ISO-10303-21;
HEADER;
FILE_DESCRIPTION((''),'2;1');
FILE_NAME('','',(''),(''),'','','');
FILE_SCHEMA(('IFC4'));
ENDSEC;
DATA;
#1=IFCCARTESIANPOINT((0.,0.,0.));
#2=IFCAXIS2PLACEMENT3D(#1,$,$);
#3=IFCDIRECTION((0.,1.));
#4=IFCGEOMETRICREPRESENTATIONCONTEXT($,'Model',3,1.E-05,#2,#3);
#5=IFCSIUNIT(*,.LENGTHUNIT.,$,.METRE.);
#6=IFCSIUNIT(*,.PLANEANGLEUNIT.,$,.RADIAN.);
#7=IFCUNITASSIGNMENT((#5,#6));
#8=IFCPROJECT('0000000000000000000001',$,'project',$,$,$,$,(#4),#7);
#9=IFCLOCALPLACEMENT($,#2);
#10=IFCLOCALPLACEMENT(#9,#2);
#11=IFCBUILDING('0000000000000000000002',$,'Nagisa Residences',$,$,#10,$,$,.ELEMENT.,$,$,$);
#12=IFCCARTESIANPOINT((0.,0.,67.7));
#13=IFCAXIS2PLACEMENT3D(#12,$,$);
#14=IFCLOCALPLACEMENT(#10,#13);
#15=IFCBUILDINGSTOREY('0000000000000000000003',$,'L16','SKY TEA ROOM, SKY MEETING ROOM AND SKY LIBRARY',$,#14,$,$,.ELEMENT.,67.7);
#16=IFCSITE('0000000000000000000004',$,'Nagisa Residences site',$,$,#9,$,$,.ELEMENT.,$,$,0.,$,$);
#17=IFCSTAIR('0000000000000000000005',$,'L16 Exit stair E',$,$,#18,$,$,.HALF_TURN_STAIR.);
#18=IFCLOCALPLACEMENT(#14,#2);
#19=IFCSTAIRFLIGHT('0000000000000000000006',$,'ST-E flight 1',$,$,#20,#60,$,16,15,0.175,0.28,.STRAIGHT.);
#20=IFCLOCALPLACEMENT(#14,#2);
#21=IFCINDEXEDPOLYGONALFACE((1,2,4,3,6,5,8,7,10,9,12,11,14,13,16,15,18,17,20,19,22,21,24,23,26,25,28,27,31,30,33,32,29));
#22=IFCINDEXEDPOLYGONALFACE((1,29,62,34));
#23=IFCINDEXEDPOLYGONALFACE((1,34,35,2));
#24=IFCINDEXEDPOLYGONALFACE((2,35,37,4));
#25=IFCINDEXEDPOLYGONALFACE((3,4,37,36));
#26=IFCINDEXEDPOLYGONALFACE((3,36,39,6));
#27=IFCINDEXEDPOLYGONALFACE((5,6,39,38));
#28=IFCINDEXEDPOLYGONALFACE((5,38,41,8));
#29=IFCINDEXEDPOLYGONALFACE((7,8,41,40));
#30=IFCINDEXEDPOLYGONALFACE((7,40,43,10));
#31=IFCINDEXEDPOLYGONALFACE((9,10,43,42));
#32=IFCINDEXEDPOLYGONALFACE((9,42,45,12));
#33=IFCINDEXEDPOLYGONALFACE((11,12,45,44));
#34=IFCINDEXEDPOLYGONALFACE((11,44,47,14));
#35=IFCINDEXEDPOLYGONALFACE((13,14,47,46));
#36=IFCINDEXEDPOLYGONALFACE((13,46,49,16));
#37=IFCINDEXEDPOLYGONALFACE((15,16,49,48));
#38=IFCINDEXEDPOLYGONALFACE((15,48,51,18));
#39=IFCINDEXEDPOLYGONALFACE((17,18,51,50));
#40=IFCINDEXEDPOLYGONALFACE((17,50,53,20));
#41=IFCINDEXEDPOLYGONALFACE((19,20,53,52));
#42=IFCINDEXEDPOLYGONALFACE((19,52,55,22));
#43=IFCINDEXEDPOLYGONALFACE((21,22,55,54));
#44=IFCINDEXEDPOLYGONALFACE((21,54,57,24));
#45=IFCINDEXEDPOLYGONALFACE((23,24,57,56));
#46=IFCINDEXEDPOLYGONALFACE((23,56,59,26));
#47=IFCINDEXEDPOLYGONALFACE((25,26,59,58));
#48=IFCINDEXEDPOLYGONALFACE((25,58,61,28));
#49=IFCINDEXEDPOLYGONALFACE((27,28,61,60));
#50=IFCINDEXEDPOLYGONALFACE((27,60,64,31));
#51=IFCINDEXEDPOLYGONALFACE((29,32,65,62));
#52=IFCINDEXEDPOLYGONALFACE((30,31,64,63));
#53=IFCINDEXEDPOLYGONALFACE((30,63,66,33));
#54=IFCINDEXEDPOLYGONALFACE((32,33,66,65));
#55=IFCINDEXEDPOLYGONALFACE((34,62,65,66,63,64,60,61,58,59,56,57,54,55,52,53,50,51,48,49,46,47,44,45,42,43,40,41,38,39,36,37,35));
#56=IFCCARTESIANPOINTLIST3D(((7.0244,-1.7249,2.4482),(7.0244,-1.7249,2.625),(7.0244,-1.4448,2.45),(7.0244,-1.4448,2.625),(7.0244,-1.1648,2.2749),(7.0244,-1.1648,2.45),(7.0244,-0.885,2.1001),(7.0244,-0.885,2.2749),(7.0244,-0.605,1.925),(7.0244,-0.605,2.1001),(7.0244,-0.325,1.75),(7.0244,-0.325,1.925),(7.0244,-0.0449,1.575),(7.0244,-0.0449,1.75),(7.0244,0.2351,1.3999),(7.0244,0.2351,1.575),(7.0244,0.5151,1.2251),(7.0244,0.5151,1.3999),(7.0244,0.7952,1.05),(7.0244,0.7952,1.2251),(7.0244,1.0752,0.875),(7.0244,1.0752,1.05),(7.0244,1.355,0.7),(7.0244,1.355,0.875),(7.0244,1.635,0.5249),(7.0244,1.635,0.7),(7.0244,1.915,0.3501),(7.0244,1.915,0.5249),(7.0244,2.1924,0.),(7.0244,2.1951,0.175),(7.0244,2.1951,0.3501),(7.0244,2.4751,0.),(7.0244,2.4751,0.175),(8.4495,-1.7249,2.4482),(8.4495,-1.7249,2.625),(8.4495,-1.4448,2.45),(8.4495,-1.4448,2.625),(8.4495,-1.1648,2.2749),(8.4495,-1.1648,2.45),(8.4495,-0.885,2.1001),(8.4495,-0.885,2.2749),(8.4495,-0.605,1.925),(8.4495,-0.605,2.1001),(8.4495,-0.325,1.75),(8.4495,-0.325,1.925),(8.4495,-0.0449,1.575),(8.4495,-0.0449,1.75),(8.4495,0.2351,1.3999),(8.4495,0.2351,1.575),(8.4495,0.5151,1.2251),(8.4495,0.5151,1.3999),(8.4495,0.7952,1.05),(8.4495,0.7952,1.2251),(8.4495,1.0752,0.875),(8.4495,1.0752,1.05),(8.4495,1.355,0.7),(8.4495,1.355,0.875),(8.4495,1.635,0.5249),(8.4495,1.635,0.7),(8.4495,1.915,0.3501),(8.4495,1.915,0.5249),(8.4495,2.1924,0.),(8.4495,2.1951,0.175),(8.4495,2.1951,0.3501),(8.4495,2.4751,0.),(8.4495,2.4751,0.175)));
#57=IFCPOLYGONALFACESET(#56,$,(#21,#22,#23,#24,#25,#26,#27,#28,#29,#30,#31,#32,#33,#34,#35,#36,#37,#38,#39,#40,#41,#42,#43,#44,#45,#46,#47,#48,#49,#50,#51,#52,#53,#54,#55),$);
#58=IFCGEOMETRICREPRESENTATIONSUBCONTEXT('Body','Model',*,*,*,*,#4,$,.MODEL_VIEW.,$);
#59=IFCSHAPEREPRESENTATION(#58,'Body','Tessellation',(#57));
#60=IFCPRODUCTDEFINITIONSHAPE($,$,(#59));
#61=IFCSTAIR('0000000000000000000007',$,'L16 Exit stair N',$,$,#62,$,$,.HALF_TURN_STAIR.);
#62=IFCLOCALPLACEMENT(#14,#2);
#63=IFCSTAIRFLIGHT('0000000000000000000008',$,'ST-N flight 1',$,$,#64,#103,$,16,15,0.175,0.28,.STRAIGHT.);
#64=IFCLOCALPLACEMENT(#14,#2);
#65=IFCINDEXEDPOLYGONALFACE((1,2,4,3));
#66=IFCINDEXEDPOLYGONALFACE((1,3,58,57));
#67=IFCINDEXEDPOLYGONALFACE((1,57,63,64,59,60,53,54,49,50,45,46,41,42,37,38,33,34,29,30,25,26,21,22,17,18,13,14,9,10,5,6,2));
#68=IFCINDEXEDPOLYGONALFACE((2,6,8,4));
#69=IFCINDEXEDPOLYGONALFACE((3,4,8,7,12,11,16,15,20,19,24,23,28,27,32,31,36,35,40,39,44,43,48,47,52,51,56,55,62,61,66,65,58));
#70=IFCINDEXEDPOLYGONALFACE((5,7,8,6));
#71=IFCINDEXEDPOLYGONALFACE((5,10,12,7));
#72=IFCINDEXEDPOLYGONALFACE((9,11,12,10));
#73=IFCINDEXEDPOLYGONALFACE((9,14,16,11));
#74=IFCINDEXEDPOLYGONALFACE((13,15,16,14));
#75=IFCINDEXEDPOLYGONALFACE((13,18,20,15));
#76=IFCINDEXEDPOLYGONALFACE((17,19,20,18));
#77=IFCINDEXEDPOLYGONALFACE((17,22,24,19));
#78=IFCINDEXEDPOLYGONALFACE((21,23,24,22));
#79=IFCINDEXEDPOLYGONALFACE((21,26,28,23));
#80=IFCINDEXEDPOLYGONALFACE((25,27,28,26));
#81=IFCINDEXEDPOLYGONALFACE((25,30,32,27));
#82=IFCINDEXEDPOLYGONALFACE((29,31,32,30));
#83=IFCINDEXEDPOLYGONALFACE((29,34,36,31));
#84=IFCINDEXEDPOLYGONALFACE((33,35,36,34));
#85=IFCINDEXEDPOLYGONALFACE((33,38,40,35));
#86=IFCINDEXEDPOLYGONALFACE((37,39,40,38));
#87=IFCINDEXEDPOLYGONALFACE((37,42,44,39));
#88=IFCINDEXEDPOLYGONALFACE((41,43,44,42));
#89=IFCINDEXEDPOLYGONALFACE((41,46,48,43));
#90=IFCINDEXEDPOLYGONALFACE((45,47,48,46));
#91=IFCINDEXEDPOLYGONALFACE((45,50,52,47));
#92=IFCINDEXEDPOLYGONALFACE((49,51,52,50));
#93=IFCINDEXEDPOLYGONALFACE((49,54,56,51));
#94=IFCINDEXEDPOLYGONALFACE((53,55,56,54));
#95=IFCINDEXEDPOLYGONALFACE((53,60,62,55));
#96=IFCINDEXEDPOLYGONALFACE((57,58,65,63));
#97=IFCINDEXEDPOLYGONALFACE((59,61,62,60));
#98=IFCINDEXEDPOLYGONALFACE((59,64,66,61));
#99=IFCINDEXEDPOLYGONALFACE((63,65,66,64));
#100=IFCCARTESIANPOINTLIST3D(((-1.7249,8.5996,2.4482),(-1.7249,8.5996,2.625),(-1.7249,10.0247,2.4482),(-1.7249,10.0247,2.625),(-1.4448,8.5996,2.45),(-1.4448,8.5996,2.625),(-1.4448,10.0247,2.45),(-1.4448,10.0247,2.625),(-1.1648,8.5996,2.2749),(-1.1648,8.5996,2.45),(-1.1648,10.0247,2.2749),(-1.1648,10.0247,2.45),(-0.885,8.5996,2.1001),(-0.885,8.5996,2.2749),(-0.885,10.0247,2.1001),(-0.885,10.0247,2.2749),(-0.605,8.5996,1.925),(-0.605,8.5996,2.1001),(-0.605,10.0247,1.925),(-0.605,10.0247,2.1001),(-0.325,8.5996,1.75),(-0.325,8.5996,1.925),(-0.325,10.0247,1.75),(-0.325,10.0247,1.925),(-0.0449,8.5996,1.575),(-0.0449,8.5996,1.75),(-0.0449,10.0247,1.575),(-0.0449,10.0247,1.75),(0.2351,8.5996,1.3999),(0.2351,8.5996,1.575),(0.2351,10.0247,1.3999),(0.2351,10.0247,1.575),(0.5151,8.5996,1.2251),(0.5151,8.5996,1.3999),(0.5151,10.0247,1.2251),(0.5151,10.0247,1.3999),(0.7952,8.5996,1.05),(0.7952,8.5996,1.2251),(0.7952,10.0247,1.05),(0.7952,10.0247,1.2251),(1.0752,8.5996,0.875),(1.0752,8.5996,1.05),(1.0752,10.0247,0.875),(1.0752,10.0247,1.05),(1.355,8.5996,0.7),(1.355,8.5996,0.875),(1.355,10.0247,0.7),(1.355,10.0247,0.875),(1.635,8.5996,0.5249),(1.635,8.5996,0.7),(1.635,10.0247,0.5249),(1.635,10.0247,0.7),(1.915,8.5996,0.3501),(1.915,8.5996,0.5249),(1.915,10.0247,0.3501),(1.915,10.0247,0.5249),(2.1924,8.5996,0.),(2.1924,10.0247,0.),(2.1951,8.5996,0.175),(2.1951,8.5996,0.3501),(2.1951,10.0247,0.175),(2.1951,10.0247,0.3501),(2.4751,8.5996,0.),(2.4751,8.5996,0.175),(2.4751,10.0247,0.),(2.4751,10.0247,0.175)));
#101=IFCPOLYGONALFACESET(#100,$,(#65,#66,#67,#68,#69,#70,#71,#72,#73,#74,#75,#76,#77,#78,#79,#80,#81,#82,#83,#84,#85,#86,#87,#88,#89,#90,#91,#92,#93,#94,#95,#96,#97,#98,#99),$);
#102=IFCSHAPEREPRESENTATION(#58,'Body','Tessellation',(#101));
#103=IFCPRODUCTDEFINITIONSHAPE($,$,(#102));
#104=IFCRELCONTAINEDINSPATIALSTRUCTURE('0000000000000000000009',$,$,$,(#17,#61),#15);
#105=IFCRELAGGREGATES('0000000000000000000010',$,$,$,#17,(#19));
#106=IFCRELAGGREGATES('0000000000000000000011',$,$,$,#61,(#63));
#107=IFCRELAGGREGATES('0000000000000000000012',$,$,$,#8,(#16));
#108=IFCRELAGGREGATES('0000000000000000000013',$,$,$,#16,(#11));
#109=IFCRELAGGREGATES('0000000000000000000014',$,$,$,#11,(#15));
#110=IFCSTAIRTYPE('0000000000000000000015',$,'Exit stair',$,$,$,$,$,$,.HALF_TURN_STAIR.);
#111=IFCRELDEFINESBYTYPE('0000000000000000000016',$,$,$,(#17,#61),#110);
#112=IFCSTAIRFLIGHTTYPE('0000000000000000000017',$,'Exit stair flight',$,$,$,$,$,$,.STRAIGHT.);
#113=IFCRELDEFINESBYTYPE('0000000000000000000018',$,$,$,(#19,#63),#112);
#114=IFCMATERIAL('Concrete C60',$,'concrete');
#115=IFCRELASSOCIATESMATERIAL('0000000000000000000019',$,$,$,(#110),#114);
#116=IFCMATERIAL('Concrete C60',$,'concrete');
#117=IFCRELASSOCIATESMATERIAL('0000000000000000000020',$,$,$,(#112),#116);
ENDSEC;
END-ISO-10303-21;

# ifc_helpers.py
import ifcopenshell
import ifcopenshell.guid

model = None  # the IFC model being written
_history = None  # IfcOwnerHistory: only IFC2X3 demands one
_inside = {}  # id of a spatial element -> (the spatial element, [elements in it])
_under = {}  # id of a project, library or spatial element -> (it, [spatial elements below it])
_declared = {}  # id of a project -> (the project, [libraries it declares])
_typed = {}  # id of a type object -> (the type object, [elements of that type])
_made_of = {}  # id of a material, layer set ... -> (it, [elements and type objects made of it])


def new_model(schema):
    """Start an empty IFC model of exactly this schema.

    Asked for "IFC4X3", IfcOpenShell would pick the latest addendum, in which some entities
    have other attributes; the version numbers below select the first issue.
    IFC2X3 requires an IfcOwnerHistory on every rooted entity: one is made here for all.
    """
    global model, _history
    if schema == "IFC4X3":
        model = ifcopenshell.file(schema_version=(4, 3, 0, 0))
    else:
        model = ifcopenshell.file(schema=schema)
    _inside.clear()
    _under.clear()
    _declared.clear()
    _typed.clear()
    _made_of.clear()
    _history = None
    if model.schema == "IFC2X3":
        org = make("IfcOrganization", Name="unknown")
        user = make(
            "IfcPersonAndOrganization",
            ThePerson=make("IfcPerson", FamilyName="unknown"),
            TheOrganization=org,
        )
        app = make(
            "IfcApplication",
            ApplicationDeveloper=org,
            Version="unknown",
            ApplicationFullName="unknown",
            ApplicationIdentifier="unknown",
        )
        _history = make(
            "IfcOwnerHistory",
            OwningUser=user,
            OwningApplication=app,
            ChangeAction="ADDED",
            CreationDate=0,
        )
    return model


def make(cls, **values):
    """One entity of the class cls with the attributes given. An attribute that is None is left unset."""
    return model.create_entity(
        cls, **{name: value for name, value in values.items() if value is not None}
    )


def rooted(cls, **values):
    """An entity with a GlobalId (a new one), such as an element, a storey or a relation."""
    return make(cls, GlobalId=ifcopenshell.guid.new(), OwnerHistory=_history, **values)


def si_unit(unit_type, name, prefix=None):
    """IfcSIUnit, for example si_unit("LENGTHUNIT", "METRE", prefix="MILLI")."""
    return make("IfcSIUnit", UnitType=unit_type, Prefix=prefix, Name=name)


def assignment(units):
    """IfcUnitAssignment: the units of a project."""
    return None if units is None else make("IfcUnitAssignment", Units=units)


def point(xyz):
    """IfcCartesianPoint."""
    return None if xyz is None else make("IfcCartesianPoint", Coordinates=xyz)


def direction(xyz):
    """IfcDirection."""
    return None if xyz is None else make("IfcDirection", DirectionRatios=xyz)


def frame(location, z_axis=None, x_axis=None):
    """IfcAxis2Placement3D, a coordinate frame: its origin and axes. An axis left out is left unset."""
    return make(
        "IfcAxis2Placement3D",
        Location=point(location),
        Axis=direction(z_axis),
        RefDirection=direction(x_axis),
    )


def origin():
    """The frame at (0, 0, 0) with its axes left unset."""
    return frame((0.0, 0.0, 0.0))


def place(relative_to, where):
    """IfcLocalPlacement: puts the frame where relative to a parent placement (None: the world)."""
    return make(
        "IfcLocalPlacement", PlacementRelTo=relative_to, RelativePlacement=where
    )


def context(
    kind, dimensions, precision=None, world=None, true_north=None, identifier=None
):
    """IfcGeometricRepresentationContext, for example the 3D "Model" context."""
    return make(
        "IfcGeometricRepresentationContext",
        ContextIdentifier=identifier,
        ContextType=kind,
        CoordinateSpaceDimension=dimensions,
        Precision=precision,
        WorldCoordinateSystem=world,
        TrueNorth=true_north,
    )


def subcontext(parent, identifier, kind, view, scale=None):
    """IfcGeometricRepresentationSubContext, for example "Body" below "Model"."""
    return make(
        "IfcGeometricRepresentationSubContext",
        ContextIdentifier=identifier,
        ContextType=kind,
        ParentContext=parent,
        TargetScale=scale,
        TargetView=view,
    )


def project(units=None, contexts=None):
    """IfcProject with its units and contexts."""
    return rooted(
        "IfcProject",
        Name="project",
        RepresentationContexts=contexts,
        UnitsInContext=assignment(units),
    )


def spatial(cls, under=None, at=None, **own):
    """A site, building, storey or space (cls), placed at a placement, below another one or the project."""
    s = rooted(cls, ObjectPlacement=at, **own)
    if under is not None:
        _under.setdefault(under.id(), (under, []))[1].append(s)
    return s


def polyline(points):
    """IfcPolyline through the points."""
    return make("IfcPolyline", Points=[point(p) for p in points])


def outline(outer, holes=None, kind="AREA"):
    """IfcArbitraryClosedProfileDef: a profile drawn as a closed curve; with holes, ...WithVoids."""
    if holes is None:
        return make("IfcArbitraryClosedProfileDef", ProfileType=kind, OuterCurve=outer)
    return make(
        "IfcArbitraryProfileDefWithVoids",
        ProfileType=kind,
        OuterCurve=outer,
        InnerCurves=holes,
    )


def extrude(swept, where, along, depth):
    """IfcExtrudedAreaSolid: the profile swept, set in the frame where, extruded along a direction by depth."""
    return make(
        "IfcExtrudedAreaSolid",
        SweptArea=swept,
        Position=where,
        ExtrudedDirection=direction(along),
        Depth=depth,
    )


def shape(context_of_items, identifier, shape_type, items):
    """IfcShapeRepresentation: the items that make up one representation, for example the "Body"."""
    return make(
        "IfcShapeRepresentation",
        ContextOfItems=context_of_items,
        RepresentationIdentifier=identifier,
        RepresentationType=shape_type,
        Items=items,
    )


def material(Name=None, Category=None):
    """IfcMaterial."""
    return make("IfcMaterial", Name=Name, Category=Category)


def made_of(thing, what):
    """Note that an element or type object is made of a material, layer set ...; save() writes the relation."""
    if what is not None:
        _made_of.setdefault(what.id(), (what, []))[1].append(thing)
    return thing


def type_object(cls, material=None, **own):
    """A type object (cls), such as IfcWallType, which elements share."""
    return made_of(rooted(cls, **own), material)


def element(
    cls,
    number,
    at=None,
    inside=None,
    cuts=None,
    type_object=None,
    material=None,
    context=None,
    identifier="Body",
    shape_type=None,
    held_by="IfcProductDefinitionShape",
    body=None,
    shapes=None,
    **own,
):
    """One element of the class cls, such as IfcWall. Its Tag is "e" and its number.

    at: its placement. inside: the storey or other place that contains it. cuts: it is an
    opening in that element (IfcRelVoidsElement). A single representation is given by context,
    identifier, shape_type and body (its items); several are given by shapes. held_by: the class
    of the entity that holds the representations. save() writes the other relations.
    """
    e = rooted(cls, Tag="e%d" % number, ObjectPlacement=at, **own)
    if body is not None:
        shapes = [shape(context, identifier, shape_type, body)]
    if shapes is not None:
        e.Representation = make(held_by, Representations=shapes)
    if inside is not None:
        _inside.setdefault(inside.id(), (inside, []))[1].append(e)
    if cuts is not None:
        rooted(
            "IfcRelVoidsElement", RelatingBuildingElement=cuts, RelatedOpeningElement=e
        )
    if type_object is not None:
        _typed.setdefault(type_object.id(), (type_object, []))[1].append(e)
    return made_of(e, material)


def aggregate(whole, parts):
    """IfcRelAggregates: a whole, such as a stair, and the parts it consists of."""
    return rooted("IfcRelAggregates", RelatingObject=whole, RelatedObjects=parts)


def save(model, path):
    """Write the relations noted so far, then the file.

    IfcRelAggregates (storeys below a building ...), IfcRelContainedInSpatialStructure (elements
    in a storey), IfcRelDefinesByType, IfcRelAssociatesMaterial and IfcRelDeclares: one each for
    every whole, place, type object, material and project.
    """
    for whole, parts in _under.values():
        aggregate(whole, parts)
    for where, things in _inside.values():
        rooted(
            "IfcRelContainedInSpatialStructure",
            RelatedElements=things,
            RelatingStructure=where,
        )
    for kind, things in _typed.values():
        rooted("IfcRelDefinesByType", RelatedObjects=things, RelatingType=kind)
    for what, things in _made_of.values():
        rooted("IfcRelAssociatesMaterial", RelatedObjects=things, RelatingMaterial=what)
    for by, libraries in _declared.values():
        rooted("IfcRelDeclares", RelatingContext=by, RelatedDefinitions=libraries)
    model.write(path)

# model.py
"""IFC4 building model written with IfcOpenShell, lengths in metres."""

from ifc_helpers import new_model, si_unit, direction, frame, origin, place, context, subcontext, project, spatial, polyline, outline, extrude, material, type_object, element, aggregate, save


model = new_model("IFC4")

# Units and contexts
model_context = context("Model", 3, precision=1e-05, world=origin(), true_north=direction((0.0, 1.0)))
body_context = subcontext(model_context, "Body", "Model", "MODEL_VIEW")
ifc_project = project(units=[si_unit("LENGTHUNIT", "METRE"), si_unit("PLANEANGLEUNIT", "RADIAN")], contexts=[model_context])

# Site, building, storey
site_placement = place(None, origin())
site = spatial("IfcSite", under=ifc_project, at=site_placement, Name="Nagisa Residences site", CompositionType="ELEMENT", RefElevation=0.0)
building_placement = place(site_placement, origin())
building = spatial("IfcBuilding", under=site, at=building_placement, Name="Nagisa Residences", CompositionType="ELEMENT")
storey_placement = place(building_placement, frame((0.0, 0.0, 67.7)))
storey = spatial("IfcBuildingStorey", under=building, at=storey_placement, Name="L16", Description="SKY TEA ROOM, SKY MEETING ROOM AND SKY LIBRARY", CompositionType="ELEMENT", Elevation=67.7)

# Stairs, stair flights
ifc_material_1 = material(Name="Concrete C60", Category="concrete")
stair_type = type_object("IfcStairType", Name="Exit stair", PredefinedType="HALF_TURN_STAIR", material=ifc_material_1)
stair_1_placement = place(storey_placement, origin())
stair_1 = element("IfcStair", 1, at=stair_1_placement, inside=storey, type_object=stair_type, Name="L16 Exit stair E", PredefinedType="HALF_TURN_STAIR")
ifc_material_2 = material(Name="Concrete C60", Category="concrete")
stair_flight_type = type_object("IfcStairFlightType", Name="Exit stair flight", PredefinedType="STRAIGHT", material=ifc_material_2)
stair_flight_1_placement = place(storey_placement, frame((7.7371, 2.4751, 0.0), z_axis=(0.0, 0.0, 1.0), x_axis=(0.0, -1.0, 0.0)))
stair_flight_1 = element("IfcStairFlight", 2, at=stair_flight_1_placement, type_object=stair_flight_type, Name="ST-E flight 1", NumberOfRisers=16, NumberOfTreads=15, PredefinedType="STRAIGHT", RiserHeight=0.175, TreadLength=0.28, context=body_context, shape_type="SweptSolid", body=[
    extrude(outline(polyline([(0.0, 0.0), (0.0, 0.175), (0.28, 0.175), (0.28, 0.3501), (0.5601, 0.3501), (0.5601, 0.5249), (0.8401, 0.5249), (0.8401, 0.7), (1.1201, 0.7), (1.1201, 0.875), (1.3999, 0.875), (1.3999, 1.05), (1.6799, 1.05), (1.6799, 1.2251), (1.96, 1.2251), (1.96, 1.3999), (2.24, 1.3999), (2.24, 1.575), (2.52, 1.575), (2.52, 1.75), (2.8, 1.75), (2.8, 1.925), (3.0801, 1.925), (3.0801, 2.1001), (3.3601, 2.1001), (3.3601, 2.2749), (3.6399, 2.2749), (3.6399, 2.45), (3.9199, 2.45), (3.9199, 2.625), (4.2, 2.625), (4.2, 2.8), (4.2, 2.4482), (0.2827, 0.0), (0.0, 0.0)])), frame((0.0, 0.7124, 0.0), z_axis=(0.0, -1.0, 0.0), x_axis=(1.0, 0.0, 0.0)), (0.0, 0.0, 1.0), 1.425),
])
aggregate(stair_1, [stair_flight_1])
stair_2_placement = place(storey_placement, origin())
stair_2 = element("IfcStair", 3, at=stair_2_placement, inside=storey, type_object=stair_type, Name="L16 Exit stair N", PredefinedType="HALF_TURN_STAIR")
stair_flight_2_placement = place(storey_placement, frame((2.4751, 9.312, 0.0), z_axis=(0.0, 0.0, 1.0), x_axis=(-1.0, 0.0, 0.0)))
stair_flight_2 = element("IfcStairFlight", 4, at=stair_flight_2_placement, type_object=stair_flight_type, Name="ST-N flight 1", NumberOfRisers=16, NumberOfTreads=15, PredefinedType="STRAIGHT", RiserHeight=0.175, TreadLength=0.28, context=body_context, shape_type="SweptSolid", body=[
    extrude(outline(polyline([(0.0, 0.0), (0.0, 0.175), (0.28, 0.175), (0.28, 0.3501), (0.5601, 0.3501), (0.5601, 0.5249), (0.8401, 0.5249), (0.8401, 0.7), (1.1201, 0.7), (1.1201, 0.875), (1.3999, 0.875), (1.3999, 1.05), (1.6799, 1.05), (1.6799, 1.2251), (1.96, 1.2251), (1.96, 1.3999), (2.24, 1.3999), (2.24, 1.575), (2.52, 1.575), (2.52, 1.75), (2.8, 1.75), (2.8, 1.925), (3.0801, 1.925), (3.0801, 2.1001), (3.3601, 2.1001), (3.3601, 2.2749), (3.6399, 2.2749), (3.6399, 2.45), (3.9199, 2.45), (3.9199, 2.625), (4.2, 2.625), (4.2, 2.8), (4.2, 2.4482), (0.2827, 0.0), (0.0, 0.0)])), frame((0.0, 0.7124, 0.0), z_axis=(0.0, -1.0, 0.0), x_axis=(1.0, 0.0, 0.0)), (0.0, 0.0, 1.0), 1.425),
])
aggregate(stair_2, [stair_flight_2])

save(model, "model.ifc")
